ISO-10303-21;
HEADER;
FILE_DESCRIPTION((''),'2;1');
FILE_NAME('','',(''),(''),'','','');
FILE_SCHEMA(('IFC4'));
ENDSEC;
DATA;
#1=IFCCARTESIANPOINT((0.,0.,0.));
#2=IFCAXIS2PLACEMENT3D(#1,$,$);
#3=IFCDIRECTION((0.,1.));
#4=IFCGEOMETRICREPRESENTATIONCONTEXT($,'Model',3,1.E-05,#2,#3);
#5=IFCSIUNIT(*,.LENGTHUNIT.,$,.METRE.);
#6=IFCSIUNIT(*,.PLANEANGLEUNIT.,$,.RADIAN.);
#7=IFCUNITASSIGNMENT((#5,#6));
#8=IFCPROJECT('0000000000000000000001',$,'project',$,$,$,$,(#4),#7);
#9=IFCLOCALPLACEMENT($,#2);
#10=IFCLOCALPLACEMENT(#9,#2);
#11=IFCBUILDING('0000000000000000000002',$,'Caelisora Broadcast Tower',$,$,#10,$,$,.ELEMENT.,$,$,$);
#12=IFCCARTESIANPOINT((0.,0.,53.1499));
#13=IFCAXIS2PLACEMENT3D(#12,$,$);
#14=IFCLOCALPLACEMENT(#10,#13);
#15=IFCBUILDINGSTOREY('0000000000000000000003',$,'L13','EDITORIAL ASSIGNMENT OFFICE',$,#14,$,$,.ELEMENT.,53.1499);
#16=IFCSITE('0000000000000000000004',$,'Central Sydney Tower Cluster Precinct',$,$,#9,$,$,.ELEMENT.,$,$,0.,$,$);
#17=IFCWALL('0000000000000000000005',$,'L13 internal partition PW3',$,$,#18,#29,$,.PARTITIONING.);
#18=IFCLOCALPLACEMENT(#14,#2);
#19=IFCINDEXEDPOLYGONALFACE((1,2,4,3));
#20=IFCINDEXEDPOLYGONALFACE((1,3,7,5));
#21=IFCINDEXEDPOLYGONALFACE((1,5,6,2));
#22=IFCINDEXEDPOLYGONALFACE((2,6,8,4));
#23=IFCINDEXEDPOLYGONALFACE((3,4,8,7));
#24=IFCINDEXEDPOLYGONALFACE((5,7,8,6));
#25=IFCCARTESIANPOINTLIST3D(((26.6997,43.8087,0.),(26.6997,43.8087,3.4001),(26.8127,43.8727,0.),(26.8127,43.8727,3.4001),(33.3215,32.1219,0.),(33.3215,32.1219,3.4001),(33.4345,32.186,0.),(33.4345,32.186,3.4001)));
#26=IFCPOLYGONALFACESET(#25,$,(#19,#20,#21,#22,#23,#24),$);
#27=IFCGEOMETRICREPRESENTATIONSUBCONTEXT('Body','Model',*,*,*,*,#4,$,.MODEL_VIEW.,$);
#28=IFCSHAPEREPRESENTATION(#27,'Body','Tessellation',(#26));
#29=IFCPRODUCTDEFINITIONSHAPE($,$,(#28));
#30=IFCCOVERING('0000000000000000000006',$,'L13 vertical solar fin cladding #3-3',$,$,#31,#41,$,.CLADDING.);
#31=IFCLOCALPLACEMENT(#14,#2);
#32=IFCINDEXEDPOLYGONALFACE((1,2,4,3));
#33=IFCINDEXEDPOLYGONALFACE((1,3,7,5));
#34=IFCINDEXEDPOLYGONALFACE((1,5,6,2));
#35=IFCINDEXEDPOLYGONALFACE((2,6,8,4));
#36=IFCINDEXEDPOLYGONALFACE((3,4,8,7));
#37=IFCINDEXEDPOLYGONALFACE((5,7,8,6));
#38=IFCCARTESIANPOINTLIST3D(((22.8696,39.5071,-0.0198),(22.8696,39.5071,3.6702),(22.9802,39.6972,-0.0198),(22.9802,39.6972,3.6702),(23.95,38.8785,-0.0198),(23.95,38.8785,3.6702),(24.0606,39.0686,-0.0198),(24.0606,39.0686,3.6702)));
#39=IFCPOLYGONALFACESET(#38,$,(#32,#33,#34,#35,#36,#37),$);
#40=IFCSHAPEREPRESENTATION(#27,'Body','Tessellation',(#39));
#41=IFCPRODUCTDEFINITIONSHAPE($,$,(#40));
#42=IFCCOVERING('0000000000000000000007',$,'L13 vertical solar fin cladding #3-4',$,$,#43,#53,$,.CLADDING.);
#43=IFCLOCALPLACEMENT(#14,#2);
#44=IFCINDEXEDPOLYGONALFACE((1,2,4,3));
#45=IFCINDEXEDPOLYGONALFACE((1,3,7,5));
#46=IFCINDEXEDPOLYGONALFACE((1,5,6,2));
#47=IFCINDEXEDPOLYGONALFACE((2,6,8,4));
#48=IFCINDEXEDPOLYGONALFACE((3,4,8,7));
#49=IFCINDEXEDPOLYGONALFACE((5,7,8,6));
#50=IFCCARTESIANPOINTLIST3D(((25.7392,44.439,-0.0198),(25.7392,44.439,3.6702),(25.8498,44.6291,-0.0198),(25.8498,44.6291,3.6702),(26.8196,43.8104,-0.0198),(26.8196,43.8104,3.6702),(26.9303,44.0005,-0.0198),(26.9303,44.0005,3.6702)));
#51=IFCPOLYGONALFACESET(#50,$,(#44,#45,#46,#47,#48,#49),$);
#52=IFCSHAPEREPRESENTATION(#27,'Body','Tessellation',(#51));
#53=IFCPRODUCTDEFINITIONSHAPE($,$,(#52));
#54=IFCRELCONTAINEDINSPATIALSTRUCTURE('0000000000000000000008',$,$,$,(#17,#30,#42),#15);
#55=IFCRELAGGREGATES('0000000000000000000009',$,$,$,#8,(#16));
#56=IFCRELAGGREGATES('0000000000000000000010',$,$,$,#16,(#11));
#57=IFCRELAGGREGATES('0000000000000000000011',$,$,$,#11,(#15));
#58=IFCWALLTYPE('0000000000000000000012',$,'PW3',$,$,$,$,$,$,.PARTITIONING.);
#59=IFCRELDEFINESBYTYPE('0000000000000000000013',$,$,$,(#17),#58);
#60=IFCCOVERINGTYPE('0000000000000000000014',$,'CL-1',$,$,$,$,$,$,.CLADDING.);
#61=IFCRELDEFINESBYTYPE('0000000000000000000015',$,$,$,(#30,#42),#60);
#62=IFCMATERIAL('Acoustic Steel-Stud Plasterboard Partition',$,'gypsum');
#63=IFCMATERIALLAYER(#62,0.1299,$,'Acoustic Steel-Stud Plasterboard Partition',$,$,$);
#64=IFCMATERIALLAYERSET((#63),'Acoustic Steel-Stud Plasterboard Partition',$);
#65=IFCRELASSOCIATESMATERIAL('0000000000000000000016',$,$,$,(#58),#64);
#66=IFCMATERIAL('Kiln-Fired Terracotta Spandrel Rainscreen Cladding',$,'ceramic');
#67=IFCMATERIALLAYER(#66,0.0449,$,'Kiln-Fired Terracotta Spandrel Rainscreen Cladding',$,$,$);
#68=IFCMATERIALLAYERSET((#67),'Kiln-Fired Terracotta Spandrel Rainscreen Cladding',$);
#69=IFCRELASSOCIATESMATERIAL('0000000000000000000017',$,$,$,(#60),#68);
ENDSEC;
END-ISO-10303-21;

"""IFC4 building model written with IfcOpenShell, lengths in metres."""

from ifc_helpers import new_model, si_unit, direction, frame, frame_2d, origin, origin_2d, place, context, subcontext, project, spatial, rectangle, extrude, source, transform, mapped, material, layer, layer_set, type_object, type_shapes, element, save


model = new_model("IFC4")

# Units and contexts
model_context = context("Model", 3, precision=1e-05, world=origin(), true_north=direction((0.0, 1.0)))
body_context = subcontext(model_context, "Body", "Model", "MODEL_VIEW")
ifc_project = project(units=[si_unit("LENGTHUNIT", "METRE"), si_unit("PLANEANGLEUNIT", "RADIAN")], contexts=[model_context])

# Site, building, storey
site_placement = place(None, origin())
site = spatial("IfcSite", under=ifc_project, at=site_placement, Name="Central Sydney Tower Cluster Precinct", CompositionType="ELEMENT", RefElevation=0.0)
building_placement = place(site_placement, origin())
building = spatial("IfcBuilding", under=site, at=building_placement, Name="Caelisora Broadcast Tower", CompositionType="ELEMENT")
storey_placement = place(building_placement, frame((0.0, 0.0, 53.1499)))
storey = spatial("IfcBuildingStorey", under=building, at=storey_placement, Name="L13", Description="EDITORIAL ASSIGNMENT OFFICE", CompositionType="ELEMENT", Elevation=53.1499)

# Wall
ifc_material_1 = material(Name="Acoustic Steel-Stud Plasterboard Partition", Category="gypsum")
ifc_layer_1 = layer(ifc_material_1, 0.1299, Name="Acoustic Steel-Stud Plasterboard Partition")
ifc_layer_set_1 = layer_set([ifc_layer_1], Name="Acoustic Steel-Stud Plasterboard Partition")
wall_type_1 = type_object("IfcWallType", Name="PW3", PredefinedType="PARTITIONING", material=ifc_layer_set_1)
wall_1_placement = place(storey_placement, frame((26.7561, 43.8408, 0.0), z_axis=(0.0, 0.0, 1.0), x_axis=(0.492975, -0.870044, 0.0)))
element("IfcWall", 1, at=wall_1_placement, inside=storey, type_object=wall_type_1, Name="L13 internal partition PW3", PredefinedType="PARTITIONING", context=body_context, shape_type="SweptSolid", body=[
    extrude(rectangle(XDim=13.4324, YDim=0.1299, at=frame_2d((6.7163, 0.0))), origin(), (0.0, 0.0, 1.0), 3.4001),
])

# Coverings
ifc_material_2 = material(Name="Kiln-Fired Terracotta Spandrel Rainscreen Cladding", Category="ceramic")
ifc_layer_2 = layer(ifc_material_2, 0.0449, Name="Kiln-Fired Terracotta Spandrel Rainscreen Cladding")
ifc_layer_set_2 = layer_set([ifc_layer_2], Name="Kiln-Fired Terracotta Spandrel Rainscreen Cladding")
covering_type = type_object("IfcCoveringType", Name="CL-1", PredefinedType="CLADDING", material=ifc_layer_set_2)
shared_shape_1 = source(origin(), body_context, "Body", "SweptSolid", [
    extrude(rectangle(XDim=0.22, YDim=1.25, at=origin_2d()), origin(), (0.0, 0.0, 1.0), 3.6899),
])
type_shapes(covering_type, [shared_shape_1])
for number, where, z_axis, x_axis, name in (
    (2, (23.4651, 39.2878, -0.0198), (0.0, 0.0, 1.0), (0.502869, 0.864363, 0.0), "L13 vertical solar fin cladding #3-3"),
    (3, (26.3347, 44.2197, -0.0198), (0.0, 0.0, 1.0), (0.502869, 0.864363, 0.0), "L13 vertical solar fin cladding #3-4"),
):
    element("IfcCovering", number, at=place(storey_placement, frame(where, z_axis=z_axis, x_axis=x_axis)), inside=storey, type_object=covering_type, Name=name, PredefinedType="CLADDING", context=body_context, shape_type="MappedRepresentation", body=[
        mapped(shared_shape_1, transform((0.0, 0.0, 0.0), scale=1.0)),
    ])

save(model, "model.ifc")
